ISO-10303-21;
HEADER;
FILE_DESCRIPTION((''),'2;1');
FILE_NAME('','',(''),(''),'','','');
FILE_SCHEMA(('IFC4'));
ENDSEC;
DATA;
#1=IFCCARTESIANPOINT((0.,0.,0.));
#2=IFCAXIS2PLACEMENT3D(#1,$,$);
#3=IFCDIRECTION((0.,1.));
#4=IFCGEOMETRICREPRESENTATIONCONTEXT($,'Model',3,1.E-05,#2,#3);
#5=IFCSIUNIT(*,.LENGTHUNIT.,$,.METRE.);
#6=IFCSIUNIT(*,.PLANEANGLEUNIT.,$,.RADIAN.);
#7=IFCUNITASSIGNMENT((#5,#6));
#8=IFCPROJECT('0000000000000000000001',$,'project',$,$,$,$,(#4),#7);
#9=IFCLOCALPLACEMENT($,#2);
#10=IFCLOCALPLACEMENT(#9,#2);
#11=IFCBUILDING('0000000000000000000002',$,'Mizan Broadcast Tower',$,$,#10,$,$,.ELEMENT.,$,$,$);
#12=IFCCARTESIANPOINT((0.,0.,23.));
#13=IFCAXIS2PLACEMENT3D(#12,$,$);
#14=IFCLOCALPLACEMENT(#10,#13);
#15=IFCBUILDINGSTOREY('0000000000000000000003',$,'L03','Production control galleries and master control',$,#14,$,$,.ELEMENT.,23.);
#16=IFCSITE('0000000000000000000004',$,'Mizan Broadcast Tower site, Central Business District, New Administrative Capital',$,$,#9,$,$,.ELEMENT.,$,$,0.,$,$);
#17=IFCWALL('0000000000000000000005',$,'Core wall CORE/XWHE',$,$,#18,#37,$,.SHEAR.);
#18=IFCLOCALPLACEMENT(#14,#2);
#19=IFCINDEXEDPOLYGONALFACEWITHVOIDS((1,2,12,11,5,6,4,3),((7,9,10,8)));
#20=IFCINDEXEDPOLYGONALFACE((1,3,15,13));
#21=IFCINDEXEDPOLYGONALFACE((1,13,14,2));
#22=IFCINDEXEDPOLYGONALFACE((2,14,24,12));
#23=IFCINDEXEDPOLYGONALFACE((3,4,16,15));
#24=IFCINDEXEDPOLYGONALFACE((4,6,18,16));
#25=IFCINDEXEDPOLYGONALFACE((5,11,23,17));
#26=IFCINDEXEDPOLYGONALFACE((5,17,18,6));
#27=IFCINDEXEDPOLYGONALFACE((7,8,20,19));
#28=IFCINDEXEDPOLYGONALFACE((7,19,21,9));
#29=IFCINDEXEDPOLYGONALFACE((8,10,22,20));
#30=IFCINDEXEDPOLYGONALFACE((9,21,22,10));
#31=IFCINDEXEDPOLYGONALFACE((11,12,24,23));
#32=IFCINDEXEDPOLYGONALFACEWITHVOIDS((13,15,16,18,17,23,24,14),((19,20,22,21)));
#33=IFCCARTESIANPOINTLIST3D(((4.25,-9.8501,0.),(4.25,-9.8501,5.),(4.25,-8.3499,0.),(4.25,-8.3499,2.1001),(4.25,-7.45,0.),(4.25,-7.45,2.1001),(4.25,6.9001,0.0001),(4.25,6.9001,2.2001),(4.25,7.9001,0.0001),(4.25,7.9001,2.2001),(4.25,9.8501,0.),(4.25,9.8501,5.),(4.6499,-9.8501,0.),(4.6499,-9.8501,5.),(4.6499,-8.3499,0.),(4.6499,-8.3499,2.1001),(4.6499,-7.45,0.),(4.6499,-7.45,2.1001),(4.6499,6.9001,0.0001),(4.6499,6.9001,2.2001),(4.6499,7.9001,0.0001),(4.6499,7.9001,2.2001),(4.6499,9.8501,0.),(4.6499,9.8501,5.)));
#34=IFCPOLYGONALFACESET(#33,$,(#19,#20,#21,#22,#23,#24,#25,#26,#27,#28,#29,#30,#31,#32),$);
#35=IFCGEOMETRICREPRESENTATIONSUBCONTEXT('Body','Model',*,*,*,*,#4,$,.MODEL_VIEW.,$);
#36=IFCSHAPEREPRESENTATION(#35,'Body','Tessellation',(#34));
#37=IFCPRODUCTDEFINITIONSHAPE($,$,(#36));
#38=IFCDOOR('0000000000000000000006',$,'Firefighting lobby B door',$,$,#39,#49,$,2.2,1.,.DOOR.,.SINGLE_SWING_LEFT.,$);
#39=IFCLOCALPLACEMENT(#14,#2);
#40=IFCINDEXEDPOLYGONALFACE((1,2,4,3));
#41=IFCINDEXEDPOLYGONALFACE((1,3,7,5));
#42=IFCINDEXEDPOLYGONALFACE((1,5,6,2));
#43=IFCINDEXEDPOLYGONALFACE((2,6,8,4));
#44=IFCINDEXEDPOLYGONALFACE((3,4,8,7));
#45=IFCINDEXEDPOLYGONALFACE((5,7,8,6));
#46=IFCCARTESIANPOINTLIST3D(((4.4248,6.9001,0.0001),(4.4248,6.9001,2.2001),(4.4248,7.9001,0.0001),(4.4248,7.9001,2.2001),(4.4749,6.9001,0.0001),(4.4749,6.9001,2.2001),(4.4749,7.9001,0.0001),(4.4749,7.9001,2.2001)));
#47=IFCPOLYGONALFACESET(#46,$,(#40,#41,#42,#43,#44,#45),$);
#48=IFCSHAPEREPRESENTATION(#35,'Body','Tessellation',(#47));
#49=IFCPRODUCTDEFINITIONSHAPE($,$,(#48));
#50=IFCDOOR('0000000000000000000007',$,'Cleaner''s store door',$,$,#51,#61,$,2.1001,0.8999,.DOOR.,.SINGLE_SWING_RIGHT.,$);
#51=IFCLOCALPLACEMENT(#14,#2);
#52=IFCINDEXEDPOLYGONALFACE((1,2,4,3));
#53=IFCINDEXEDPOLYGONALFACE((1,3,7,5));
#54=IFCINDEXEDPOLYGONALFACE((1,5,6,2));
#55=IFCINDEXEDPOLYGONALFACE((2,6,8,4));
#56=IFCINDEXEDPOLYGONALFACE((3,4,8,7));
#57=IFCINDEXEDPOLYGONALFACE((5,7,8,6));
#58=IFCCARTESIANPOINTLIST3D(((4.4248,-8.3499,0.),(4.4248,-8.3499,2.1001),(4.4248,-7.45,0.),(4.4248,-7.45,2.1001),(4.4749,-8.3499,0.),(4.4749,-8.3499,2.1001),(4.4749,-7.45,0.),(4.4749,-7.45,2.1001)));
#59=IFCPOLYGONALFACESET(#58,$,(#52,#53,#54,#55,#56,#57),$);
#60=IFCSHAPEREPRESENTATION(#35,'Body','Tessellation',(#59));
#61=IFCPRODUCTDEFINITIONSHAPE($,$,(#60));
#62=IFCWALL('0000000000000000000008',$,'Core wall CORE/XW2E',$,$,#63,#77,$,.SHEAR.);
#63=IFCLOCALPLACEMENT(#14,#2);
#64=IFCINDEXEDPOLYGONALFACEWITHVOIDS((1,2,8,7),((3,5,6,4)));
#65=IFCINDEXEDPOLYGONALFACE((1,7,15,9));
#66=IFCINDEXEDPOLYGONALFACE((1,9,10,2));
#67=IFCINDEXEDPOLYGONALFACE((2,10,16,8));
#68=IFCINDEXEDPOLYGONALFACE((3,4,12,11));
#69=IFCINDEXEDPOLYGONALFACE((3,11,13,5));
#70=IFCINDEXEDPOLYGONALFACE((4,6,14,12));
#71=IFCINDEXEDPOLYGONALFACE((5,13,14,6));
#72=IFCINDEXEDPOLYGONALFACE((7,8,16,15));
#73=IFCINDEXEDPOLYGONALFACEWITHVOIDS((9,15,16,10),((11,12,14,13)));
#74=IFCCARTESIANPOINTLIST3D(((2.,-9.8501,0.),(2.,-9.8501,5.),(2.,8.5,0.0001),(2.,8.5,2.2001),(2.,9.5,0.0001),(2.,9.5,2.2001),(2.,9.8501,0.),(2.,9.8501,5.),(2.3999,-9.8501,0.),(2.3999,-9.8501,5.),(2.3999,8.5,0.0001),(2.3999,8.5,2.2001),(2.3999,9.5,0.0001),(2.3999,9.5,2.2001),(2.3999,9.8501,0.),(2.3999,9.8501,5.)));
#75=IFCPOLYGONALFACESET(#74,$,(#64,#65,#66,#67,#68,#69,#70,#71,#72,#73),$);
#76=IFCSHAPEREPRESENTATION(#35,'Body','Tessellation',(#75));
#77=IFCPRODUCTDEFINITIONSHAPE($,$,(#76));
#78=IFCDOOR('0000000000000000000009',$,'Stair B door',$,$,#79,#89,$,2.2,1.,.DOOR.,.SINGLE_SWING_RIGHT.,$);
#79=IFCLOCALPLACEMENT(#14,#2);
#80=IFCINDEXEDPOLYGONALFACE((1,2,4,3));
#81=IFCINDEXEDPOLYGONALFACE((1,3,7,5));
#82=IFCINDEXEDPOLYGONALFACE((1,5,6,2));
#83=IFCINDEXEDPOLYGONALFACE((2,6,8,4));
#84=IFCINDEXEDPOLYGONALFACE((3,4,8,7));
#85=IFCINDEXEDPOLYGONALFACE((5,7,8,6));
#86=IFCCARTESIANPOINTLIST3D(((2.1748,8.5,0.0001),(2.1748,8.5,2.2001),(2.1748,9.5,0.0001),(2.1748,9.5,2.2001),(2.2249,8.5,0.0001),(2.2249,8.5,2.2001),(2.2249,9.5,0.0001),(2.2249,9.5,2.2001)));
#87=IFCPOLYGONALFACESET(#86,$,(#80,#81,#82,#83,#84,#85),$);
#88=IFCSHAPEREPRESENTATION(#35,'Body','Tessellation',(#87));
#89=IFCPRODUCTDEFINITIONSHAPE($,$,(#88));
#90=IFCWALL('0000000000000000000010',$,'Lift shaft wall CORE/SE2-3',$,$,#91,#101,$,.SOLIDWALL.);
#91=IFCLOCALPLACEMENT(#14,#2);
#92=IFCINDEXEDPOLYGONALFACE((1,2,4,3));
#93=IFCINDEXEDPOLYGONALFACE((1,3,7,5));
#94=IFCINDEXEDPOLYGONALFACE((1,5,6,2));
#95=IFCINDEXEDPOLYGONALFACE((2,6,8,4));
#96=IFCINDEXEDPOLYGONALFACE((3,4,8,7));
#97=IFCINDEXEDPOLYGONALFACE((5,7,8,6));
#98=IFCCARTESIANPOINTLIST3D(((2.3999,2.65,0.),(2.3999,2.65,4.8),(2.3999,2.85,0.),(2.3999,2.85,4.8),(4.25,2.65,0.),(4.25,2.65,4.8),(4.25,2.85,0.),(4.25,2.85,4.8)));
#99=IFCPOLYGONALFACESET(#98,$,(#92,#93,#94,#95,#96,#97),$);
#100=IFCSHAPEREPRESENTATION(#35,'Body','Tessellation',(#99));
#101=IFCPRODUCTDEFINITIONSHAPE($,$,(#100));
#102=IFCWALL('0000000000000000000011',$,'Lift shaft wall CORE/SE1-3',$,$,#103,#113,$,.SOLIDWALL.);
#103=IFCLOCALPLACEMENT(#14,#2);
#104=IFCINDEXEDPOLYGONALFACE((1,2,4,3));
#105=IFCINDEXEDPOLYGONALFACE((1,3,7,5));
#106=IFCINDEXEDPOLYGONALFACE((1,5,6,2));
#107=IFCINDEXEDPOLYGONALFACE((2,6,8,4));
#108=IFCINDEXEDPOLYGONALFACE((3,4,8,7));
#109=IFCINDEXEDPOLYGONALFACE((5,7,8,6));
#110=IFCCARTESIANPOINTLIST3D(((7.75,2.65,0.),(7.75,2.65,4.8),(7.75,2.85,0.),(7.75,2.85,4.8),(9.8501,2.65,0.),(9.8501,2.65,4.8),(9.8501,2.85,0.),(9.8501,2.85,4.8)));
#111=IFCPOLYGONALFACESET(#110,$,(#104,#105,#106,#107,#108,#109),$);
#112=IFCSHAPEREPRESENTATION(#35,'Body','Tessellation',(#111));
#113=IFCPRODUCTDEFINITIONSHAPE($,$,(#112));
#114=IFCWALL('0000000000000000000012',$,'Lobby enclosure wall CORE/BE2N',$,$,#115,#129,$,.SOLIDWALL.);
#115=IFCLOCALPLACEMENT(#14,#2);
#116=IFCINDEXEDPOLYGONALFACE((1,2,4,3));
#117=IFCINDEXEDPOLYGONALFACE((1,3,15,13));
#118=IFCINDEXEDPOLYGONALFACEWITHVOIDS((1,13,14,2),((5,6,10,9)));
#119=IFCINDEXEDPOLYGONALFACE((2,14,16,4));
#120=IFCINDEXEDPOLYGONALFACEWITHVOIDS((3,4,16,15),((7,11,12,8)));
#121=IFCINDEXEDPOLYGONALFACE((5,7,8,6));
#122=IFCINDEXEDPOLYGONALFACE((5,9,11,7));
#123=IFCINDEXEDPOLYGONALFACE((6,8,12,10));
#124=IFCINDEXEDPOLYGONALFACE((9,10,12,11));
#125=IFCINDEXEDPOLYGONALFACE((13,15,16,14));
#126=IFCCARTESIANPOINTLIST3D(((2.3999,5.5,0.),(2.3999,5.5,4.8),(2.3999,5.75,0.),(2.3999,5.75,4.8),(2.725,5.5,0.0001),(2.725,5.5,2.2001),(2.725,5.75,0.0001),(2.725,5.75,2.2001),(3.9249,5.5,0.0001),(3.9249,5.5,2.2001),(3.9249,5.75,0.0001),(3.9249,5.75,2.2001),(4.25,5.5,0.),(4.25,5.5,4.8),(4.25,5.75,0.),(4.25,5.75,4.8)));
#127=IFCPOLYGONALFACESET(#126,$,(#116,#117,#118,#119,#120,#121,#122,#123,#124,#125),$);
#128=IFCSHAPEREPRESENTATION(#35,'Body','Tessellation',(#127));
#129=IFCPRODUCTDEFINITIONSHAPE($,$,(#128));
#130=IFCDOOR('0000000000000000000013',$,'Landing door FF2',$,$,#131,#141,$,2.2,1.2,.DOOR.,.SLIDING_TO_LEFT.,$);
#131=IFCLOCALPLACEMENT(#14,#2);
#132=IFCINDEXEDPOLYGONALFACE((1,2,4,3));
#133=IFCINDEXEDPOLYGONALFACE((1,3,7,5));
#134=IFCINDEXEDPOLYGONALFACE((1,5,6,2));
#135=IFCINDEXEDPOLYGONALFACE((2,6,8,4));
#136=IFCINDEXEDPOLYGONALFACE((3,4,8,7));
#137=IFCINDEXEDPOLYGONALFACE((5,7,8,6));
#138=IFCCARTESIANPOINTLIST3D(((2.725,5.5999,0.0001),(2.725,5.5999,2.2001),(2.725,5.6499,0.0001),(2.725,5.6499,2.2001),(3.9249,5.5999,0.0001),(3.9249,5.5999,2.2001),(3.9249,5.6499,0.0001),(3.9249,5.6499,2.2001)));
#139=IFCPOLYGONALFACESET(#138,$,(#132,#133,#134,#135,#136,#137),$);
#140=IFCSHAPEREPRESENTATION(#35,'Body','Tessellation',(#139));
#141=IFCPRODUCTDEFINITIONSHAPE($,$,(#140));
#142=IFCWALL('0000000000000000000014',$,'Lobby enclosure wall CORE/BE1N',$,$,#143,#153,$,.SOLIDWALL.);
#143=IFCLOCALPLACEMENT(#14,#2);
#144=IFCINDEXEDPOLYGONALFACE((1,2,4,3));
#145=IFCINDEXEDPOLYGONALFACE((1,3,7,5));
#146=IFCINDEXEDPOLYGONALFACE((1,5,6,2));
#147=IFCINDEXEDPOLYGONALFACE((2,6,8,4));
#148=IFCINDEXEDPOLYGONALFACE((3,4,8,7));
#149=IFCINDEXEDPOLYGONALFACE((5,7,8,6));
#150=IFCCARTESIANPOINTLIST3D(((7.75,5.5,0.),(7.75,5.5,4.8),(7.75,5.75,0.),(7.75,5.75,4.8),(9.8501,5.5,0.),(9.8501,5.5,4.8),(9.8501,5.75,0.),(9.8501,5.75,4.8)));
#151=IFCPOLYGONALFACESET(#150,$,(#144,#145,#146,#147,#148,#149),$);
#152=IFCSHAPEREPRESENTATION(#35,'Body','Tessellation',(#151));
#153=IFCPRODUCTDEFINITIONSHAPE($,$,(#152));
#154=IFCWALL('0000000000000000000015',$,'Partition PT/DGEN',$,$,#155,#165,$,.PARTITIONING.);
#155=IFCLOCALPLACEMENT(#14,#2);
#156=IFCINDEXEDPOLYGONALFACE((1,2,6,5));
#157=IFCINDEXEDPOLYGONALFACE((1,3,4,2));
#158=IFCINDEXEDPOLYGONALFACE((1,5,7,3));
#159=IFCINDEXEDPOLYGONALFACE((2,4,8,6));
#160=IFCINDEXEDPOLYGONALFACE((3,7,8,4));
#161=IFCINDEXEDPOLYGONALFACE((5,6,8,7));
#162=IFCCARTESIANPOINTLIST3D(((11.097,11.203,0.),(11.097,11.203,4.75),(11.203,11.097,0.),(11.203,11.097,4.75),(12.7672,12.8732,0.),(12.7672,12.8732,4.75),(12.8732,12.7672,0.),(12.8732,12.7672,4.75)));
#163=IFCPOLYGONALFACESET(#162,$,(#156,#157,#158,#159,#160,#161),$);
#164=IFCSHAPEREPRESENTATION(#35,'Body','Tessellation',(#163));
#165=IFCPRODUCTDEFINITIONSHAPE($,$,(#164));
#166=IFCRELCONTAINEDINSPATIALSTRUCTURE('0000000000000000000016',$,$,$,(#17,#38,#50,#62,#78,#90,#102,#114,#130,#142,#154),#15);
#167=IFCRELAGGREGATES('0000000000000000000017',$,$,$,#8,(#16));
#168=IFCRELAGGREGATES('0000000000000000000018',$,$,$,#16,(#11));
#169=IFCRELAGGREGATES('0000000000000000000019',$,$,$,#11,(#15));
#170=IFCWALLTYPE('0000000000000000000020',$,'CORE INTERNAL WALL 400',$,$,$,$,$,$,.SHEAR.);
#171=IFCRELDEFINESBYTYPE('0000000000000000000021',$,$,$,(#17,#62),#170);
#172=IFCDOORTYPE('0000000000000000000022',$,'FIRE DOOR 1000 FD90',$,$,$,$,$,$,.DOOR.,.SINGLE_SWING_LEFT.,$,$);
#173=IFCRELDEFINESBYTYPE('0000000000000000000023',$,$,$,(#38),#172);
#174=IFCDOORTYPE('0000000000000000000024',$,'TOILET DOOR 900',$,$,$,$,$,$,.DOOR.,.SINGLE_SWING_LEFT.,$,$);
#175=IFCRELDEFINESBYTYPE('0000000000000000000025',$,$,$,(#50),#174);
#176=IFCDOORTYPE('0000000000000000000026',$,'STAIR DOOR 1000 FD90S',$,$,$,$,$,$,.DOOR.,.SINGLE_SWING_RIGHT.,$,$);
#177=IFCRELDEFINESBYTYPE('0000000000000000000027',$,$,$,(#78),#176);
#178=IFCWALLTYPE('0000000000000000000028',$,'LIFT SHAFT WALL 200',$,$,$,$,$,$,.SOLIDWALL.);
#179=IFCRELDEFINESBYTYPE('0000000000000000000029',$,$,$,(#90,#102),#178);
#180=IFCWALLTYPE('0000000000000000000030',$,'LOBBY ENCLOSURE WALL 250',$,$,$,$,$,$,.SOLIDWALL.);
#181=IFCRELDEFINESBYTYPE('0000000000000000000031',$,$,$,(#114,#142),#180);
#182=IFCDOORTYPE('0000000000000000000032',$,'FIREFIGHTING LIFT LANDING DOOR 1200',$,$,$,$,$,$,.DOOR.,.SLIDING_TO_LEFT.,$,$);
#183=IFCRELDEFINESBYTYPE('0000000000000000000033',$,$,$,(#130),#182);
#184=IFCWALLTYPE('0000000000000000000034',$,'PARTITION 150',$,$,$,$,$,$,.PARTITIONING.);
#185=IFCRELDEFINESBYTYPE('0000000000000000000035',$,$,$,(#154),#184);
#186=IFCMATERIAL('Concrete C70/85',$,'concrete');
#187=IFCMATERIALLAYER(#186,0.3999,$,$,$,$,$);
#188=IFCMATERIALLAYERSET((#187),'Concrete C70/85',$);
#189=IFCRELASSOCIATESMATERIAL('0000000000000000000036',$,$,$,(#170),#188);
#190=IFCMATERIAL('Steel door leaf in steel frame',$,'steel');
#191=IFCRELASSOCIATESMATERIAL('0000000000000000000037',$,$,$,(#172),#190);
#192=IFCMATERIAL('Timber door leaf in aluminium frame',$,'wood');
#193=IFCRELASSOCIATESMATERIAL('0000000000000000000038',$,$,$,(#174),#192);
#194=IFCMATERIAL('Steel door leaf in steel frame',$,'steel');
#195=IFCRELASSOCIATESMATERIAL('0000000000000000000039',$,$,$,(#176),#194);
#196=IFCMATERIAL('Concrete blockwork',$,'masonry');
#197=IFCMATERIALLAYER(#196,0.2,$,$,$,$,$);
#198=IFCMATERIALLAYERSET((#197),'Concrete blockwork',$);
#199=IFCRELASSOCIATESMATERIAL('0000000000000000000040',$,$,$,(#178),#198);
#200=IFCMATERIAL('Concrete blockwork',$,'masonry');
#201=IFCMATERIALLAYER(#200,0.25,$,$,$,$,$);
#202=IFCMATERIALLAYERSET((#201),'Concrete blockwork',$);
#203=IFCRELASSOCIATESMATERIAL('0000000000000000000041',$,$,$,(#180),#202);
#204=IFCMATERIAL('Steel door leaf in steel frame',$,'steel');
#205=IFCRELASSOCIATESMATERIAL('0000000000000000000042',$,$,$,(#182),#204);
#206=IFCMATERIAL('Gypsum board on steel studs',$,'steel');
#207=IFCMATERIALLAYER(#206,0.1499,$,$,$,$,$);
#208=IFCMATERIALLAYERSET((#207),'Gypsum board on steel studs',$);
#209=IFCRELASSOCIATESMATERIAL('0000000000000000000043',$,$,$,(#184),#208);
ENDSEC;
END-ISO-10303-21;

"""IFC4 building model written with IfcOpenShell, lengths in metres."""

from ifc_helpers import new_model, si_unit, direction, frame, frame_2d, origin, place, context, subcontext, project, spatial, rectangle, extrude, material, layer, layer_set, type_object, element, fill, save


model = new_model("IFC4")

# Units and contexts
model_context = context("Model", 3, precision=1e-05, world=origin(), true_north=direction((0.0, 1.0)))
body_context = subcontext(model_context, "Body", "Model", "MODEL_VIEW")
ifc_project = project(units=[si_unit("LENGTHUNIT", "METRE"), si_unit("PLANEANGLEUNIT", "RADIAN")], contexts=[model_context])

# Site, building, storey
site_placement = place(None, origin())
site = spatial("IfcSite", under=ifc_project, at=site_placement, Name="Mizan Broadcast Tower site, Central Business District, New Administrative Capital", CompositionType="ELEMENT", RefElevation=0.0)
building_placement = place(site_placement, origin())
building = spatial("IfcBuilding", under=site, at=building_placement, Name="Mizan Broadcast Tower", CompositionType="ELEMENT")
storey_placement = place(building_placement, frame((0.0, 0.0, 23.0)))
storey = spatial("IfcBuildingStorey", under=building, at=storey_placement, Name="L03", Description="Production control galleries and master control", CompositionType="ELEMENT", Elevation=23.0)

# Wall, openings, doors
ifc_material_1 = material(Name="Concrete C70/85", Category="concrete")
ifc_layer_1 = layer(ifc_material_1, 0.3999)
ifc_layer_set_1 = layer_set([ifc_layer_1], Name="Concrete C70/85")
wall_type_1 = type_object("IfcWallType", Name="CORE INTERNAL WALL 400", PredefinedType="SHEAR", material=ifc_layer_set_1)
ifc_material_2 = material(Name="Steel door leaf in steel frame", Category="steel")
door_type_1 = type_object("IfcDoorType", Name="FIRE DOOR 1000 FD90", OperationType="SINGLE_SWING_LEFT", PredefinedType="DOOR", material=ifc_material_2)
ifc_material_3 = material(Name="Timber door leaf in aluminium frame", Category="wood")
door_type_2 = type_object("IfcDoorType", Name="TOILET DOOR 900", OperationType="SINGLE_SWING_LEFT", PredefinedType="DOOR", material=ifc_material_3)
wall_1_placement = place(storey_placement, frame((4.45, 9.8501, 0.0), z_axis=(0.0, 0.0, 1.0), x_axis=(0.0, -1.0, 0.0)))
wall_1 = element("IfcWall", 1, at=wall_1_placement, inside=storey, type_object=wall_type_1, Name="Core wall CORE/XWHE", PredefinedType="SHEAR", context=body_context, shape_type="SweptSolid", body=[
    extrude(rectangle(XDim=19.7002, YDim=0.3999, at=frame_2d((9.8501, 0.0))), origin(), (0.0, 0.0, 1.0), 5.0),
])
opening_1_placement = place(wall_1_placement, frame((1.95, 0.0, 0.0)))
opening_1 = element("IfcOpeningElement", 2, at=opening_1_placement, cuts=wall_1, PredefinedType="OPENING", context=body_context, shape_type="SweptSolid", body=[
    extrude(rectangle(XDim=1.0, YDim=2.2, at=frame_2d((0.5, 1.1001))), frame((0.0, 0.21, 0.0), z_axis=(0.0, -1.0, 0.0), x_axis=(1.0, 0.0, 0.0)), (0.0, 0.0, 1.0), 0.4199),
])
opening_2_placement = place(wall_1_placement, frame((17.3, 0.0, 0.0)))
opening_2 = element("IfcOpeningElement", 3, at=opening_2_placement, cuts=wall_1, PredefinedType="OPENING", context=body_context, shape_type="SweptSolid", body=[
    extrude(rectangle(XDim=0.8999, YDim=2.1001, at=frame_2d((0.45, 1.05))), frame((0.0, 0.21, 0.0), z_axis=(0.0, -1.0, 0.0), x_axis=(1.0, 0.0, 0.0)), (0.0, 0.0, 1.0), 0.4199),
])
door_1_placement = place(opening_1_placement, origin())
door_1 = element("IfcDoor", 4, at=door_1_placement, inside=storey, type_object=door_type_1, Name="Firefighting lobby B door", OperationType="SINGLE_SWING_LEFT", OverallHeight=2.2, OverallWidth=1.0, PredefinedType="DOOR", context=body_context, shape_type="SweptSolid", body=[
    extrude(rectangle(XDim=1.0, YDim=2.2, at=frame_2d((0.5, 1.1001))), frame((0.0, 0.0249, 0.0), z_axis=(0.0, -1.0, 0.0), x_axis=(1.0, 0.0, 0.0)), (0.0, 0.0, 1.0), 0.05),
])
fill(opening_1, door_1)
door_2_placement = place(opening_2_placement, origin())
door_2 = element("IfcDoor", 5, at=door_2_placement, inside=storey, type_object=door_type_2, Name="Cleaner's store door", OperationType="SINGLE_SWING_RIGHT", OverallHeight=2.1001, OverallWidth=0.8999, PredefinedType="DOOR", context=body_context, shape_type="SweptSolid", body=[
    extrude(rectangle(XDim=0.8999, YDim=2.1001, at=frame_2d((0.45, 1.05))), frame((0.0, 0.0249, 0.0), z_axis=(0.0, -1.0, 0.0), x_axis=(1.0, 0.0, 0.0)), (0.0, 0.0, 1.0), 0.05),
])
fill(opening_2, door_2)

# Wall, opening, door
wall_2_placement = place(storey_placement, frame((2.2, 9.8501, 0.0), z_axis=(0.0, 0.0, 1.0), x_axis=(0.0, -1.0, 0.0)))
wall_2 = element("IfcWall", 6, at=wall_2_placement, inside=storey, type_object=wall_type_1, Name="Core wall CORE/XW2E", PredefinedType="SHEAR", context=body_context, shape_type="SweptSolid", body=[
    extrude(rectangle(XDim=19.7002, YDim=0.3999, at=frame_2d((9.8501, 0.0))), origin(), (0.0, 0.0, 1.0), 5.0),
])
opening_3_placement = place(wall_2_placement, frame((0.3501, 0.0, 0.0)))
opening_3 = element("IfcOpeningElement", 7, at=opening_3_placement, cuts=wall_2, PredefinedType="OPENING", context=body_context, shape_type="SweptSolid", body=[
    extrude(rectangle(XDim=1.0, YDim=2.2, at=frame_2d((0.5, 1.1001))), frame((0.0, 0.21, 0.0), z_axis=(0.0, -1.0, 0.0), x_axis=(1.0, 0.0, 0.0)), (0.0, 0.0, 1.0), 0.4199),
])
ifc_material_4 = material(Name="Steel door leaf in steel frame", Category="steel")
door_type_3 = type_object("IfcDoorType", Name="STAIR DOOR 1000 FD90S", OperationType="SINGLE_SWING_RIGHT", PredefinedType="DOOR", material=ifc_material_4)
door_3_placement = place(opening_3_placement, origin())
door_3 = element("IfcDoor", 8, at=door_3_placement, inside=storey, type_object=door_type_3, Name="Stair B door", OperationType="SINGLE_SWING_RIGHT", OverallHeight=2.2, OverallWidth=1.0, PredefinedType="DOOR", context=body_context, shape_type="SweptSolid", body=[
    extrude(rectangle(XDim=1.0, YDim=2.2, at=frame_2d((0.5, 1.1001))), frame((0.0, 0.0249, 0.0), z_axis=(0.0, -1.0, 0.0), x_axis=(1.0, 0.0, 0.0)), (0.0, 0.0, 1.0), 0.05),
])
fill(opening_3, door_3)

# Walls
ifc_material_5 = material(Name="Concrete blockwork", Category="masonry")
ifc_layer_2 = layer(ifc_material_5, 0.2)
ifc_layer_set_2 = layer_set([ifc_layer_2], Name="Concrete blockwork")
wall_type_2 = type_object("IfcWallType", Name="LIFT SHAFT WALL 200", PredefinedType="SOLIDWALL", material=ifc_layer_set_2)
wall_3_placement = place(storey_placement, frame((2.3999, 2.75, 0.0), z_axis=(0.0, 0.0, 1.0), x_axis=(1.0, 0.0, 0.0)))
element("IfcWall", 9, at=wall_3_placement, inside=storey, type_object=wall_type_2, Name="Lift shaft wall CORE/SE2-3", PredefinedType="SOLIDWALL", context=body_context, shape_type="SweptSolid", body=[
    extrude(rectangle(XDim=1.8501, YDim=0.2, at=frame_2d((0.925, 0.0))), origin(), (0.0, 0.0, 1.0), 4.8),
])
wall_4_placement = place(storey_placement, frame((7.75, 2.75, 0.0), z_axis=(0.0, 0.0, 1.0), x_axis=(1.0, 0.0, 0.0)))
element("IfcWall", 10, at=wall_4_placement, inside=storey, type_object=wall_type_2, Name="Lift shaft wall CORE/SE1-3", PredefinedType="SOLIDWALL", context=body_context, shape_type="SweptSolid", body=[
    extrude(rectangle(XDim=2.1001, YDim=0.2, at=frame_2d((1.05, 0.0))), origin(), (0.0, 0.0, 1.0), 4.8),
])

# Wall, opening, door
ifc_material_6 = material(Name="Concrete blockwork", Category="masonry")
ifc_layer_3 = layer(ifc_material_6, 0.25)
ifc_layer_set_3 = layer_set([ifc_layer_3], Name="Concrete blockwork")
wall_type_3 = type_object("IfcWallType", Name="LOBBY ENCLOSURE WALL 250", PredefinedType="SOLIDWALL", material=ifc_layer_set_3)
wall_5_placement = place(storey_placement, frame((2.3999, 5.625, 0.0), z_axis=(0.0, 0.0, 1.0), x_axis=(1.0, 0.0, 0.0)))
wall_5 = element("IfcWall", 11, at=wall_5_placement, inside=storey, type_object=wall_type_3, Name="Lobby enclosure wall CORE/BE2N", PredefinedType="SOLIDWALL", context=body_context, shape_type="SweptSolid", body=[
    extrude(rectangle(XDim=1.8501, YDim=0.25, at=frame_2d((0.925, 0.0))), origin(), (0.0, 0.0, 1.0), 4.8),
])
opening_4_placement = place(wall_5_placement, frame((0.325, 0.0, 0.0)))
opening_4 = element("IfcOpeningElement", 12, at=opening_4_placement, cuts=wall_5, PredefinedType="OPENING", context=body_context, shape_type="SweptSolid", body=[
    extrude(rectangle(XDim=1.2, YDim=2.2, at=frame_2d((0.6001, 1.1001))), frame((0.0, 0.135, 0.0), z_axis=(0.0, -1.0, 0.0), x_axis=(1.0, 0.0, 0.0)), (0.0, 0.0, 1.0), 0.27),
])
ifc_material_7 = material(Name="Steel door leaf in steel frame", Category="steel")
door_type_4 = type_object("IfcDoorType", Name="FIREFIGHTING LIFT LANDING DOOR 1200", OperationType="SLIDING_TO_LEFT", PredefinedType="DOOR", material=ifc_material_7)
door_4_placement = place(opening_4_placement, origin())
door_4 = element("IfcDoor", 13, at=door_4_placement, inside=storey, type_object=door_type_4, Name="Landing door FF2", OperationType="SLIDING_TO_LEFT", OverallHeight=2.2, OverallWidth=1.2, PredefinedType="DOOR", context=body_context, shape_type="SweptSolid", body=[
    extrude(rectangle(XDim=1.2, YDim=2.2, at=frame_2d((0.6001, 1.1001))), frame((0.0, 0.0249, 0.0), z_axis=(0.0, -1.0, 0.0), x_axis=(1.0, 0.0, 0.0)), (0.0, 0.0, 1.0), 0.05),
])
fill(opening_4, door_4)

# Walls
wall_6_placement = place(storey_placement, frame((7.75, 5.625, 0.0), z_axis=(0.0, 0.0, 1.0), x_axis=(1.0, 0.0, 0.0)))
element("IfcWall", 14, at=wall_6_placement, inside=storey, type_object=wall_type_3, Name="Lobby enclosure wall CORE/BE1N", PredefinedType="SOLIDWALL", context=body_context, shape_type="SweptSolid", body=[
    extrude(rectangle(XDim=2.1001, YDim=0.25, at=frame_2d((1.05, 0.0))), origin(), (0.0, 0.0, 1.0), 4.8),
])
ifc_material_8 = material(Name="Gypsum board on steel studs", Category="steel")
ifc_layer_4 = layer(ifc_material_8, 0.1499)
ifc_layer_set_4 = layer_set([ifc_layer_4], Name="Gypsum board on steel studs")
wall_type_4 = type_object("IfcWallType", Name="PARTITION 150", PredefinedType="PARTITIONING", material=ifc_layer_set_4)
wall_7_placement = place(storey_placement, frame((11.1499, 11.1499, 0.0), z_axis=(0.0, 0.0, 1.0), x_axis=(0.707107, 0.707107, 0.0)))
element("IfcWall", 15, at=wall_7_placement, inside=storey, type_object=wall_type_4, Name="Partition PT/DGEN", PredefinedType="PARTITIONING", context=body_context, shape_type="SweptSolid", body=[
    extrude(rectangle(XDim=2.3621, YDim=0.1499, at=frame_2d((1.1812, 0.0))), origin(), (0.0, 0.0, 1.0), 4.75),
])

save(model, "model.ifc")
